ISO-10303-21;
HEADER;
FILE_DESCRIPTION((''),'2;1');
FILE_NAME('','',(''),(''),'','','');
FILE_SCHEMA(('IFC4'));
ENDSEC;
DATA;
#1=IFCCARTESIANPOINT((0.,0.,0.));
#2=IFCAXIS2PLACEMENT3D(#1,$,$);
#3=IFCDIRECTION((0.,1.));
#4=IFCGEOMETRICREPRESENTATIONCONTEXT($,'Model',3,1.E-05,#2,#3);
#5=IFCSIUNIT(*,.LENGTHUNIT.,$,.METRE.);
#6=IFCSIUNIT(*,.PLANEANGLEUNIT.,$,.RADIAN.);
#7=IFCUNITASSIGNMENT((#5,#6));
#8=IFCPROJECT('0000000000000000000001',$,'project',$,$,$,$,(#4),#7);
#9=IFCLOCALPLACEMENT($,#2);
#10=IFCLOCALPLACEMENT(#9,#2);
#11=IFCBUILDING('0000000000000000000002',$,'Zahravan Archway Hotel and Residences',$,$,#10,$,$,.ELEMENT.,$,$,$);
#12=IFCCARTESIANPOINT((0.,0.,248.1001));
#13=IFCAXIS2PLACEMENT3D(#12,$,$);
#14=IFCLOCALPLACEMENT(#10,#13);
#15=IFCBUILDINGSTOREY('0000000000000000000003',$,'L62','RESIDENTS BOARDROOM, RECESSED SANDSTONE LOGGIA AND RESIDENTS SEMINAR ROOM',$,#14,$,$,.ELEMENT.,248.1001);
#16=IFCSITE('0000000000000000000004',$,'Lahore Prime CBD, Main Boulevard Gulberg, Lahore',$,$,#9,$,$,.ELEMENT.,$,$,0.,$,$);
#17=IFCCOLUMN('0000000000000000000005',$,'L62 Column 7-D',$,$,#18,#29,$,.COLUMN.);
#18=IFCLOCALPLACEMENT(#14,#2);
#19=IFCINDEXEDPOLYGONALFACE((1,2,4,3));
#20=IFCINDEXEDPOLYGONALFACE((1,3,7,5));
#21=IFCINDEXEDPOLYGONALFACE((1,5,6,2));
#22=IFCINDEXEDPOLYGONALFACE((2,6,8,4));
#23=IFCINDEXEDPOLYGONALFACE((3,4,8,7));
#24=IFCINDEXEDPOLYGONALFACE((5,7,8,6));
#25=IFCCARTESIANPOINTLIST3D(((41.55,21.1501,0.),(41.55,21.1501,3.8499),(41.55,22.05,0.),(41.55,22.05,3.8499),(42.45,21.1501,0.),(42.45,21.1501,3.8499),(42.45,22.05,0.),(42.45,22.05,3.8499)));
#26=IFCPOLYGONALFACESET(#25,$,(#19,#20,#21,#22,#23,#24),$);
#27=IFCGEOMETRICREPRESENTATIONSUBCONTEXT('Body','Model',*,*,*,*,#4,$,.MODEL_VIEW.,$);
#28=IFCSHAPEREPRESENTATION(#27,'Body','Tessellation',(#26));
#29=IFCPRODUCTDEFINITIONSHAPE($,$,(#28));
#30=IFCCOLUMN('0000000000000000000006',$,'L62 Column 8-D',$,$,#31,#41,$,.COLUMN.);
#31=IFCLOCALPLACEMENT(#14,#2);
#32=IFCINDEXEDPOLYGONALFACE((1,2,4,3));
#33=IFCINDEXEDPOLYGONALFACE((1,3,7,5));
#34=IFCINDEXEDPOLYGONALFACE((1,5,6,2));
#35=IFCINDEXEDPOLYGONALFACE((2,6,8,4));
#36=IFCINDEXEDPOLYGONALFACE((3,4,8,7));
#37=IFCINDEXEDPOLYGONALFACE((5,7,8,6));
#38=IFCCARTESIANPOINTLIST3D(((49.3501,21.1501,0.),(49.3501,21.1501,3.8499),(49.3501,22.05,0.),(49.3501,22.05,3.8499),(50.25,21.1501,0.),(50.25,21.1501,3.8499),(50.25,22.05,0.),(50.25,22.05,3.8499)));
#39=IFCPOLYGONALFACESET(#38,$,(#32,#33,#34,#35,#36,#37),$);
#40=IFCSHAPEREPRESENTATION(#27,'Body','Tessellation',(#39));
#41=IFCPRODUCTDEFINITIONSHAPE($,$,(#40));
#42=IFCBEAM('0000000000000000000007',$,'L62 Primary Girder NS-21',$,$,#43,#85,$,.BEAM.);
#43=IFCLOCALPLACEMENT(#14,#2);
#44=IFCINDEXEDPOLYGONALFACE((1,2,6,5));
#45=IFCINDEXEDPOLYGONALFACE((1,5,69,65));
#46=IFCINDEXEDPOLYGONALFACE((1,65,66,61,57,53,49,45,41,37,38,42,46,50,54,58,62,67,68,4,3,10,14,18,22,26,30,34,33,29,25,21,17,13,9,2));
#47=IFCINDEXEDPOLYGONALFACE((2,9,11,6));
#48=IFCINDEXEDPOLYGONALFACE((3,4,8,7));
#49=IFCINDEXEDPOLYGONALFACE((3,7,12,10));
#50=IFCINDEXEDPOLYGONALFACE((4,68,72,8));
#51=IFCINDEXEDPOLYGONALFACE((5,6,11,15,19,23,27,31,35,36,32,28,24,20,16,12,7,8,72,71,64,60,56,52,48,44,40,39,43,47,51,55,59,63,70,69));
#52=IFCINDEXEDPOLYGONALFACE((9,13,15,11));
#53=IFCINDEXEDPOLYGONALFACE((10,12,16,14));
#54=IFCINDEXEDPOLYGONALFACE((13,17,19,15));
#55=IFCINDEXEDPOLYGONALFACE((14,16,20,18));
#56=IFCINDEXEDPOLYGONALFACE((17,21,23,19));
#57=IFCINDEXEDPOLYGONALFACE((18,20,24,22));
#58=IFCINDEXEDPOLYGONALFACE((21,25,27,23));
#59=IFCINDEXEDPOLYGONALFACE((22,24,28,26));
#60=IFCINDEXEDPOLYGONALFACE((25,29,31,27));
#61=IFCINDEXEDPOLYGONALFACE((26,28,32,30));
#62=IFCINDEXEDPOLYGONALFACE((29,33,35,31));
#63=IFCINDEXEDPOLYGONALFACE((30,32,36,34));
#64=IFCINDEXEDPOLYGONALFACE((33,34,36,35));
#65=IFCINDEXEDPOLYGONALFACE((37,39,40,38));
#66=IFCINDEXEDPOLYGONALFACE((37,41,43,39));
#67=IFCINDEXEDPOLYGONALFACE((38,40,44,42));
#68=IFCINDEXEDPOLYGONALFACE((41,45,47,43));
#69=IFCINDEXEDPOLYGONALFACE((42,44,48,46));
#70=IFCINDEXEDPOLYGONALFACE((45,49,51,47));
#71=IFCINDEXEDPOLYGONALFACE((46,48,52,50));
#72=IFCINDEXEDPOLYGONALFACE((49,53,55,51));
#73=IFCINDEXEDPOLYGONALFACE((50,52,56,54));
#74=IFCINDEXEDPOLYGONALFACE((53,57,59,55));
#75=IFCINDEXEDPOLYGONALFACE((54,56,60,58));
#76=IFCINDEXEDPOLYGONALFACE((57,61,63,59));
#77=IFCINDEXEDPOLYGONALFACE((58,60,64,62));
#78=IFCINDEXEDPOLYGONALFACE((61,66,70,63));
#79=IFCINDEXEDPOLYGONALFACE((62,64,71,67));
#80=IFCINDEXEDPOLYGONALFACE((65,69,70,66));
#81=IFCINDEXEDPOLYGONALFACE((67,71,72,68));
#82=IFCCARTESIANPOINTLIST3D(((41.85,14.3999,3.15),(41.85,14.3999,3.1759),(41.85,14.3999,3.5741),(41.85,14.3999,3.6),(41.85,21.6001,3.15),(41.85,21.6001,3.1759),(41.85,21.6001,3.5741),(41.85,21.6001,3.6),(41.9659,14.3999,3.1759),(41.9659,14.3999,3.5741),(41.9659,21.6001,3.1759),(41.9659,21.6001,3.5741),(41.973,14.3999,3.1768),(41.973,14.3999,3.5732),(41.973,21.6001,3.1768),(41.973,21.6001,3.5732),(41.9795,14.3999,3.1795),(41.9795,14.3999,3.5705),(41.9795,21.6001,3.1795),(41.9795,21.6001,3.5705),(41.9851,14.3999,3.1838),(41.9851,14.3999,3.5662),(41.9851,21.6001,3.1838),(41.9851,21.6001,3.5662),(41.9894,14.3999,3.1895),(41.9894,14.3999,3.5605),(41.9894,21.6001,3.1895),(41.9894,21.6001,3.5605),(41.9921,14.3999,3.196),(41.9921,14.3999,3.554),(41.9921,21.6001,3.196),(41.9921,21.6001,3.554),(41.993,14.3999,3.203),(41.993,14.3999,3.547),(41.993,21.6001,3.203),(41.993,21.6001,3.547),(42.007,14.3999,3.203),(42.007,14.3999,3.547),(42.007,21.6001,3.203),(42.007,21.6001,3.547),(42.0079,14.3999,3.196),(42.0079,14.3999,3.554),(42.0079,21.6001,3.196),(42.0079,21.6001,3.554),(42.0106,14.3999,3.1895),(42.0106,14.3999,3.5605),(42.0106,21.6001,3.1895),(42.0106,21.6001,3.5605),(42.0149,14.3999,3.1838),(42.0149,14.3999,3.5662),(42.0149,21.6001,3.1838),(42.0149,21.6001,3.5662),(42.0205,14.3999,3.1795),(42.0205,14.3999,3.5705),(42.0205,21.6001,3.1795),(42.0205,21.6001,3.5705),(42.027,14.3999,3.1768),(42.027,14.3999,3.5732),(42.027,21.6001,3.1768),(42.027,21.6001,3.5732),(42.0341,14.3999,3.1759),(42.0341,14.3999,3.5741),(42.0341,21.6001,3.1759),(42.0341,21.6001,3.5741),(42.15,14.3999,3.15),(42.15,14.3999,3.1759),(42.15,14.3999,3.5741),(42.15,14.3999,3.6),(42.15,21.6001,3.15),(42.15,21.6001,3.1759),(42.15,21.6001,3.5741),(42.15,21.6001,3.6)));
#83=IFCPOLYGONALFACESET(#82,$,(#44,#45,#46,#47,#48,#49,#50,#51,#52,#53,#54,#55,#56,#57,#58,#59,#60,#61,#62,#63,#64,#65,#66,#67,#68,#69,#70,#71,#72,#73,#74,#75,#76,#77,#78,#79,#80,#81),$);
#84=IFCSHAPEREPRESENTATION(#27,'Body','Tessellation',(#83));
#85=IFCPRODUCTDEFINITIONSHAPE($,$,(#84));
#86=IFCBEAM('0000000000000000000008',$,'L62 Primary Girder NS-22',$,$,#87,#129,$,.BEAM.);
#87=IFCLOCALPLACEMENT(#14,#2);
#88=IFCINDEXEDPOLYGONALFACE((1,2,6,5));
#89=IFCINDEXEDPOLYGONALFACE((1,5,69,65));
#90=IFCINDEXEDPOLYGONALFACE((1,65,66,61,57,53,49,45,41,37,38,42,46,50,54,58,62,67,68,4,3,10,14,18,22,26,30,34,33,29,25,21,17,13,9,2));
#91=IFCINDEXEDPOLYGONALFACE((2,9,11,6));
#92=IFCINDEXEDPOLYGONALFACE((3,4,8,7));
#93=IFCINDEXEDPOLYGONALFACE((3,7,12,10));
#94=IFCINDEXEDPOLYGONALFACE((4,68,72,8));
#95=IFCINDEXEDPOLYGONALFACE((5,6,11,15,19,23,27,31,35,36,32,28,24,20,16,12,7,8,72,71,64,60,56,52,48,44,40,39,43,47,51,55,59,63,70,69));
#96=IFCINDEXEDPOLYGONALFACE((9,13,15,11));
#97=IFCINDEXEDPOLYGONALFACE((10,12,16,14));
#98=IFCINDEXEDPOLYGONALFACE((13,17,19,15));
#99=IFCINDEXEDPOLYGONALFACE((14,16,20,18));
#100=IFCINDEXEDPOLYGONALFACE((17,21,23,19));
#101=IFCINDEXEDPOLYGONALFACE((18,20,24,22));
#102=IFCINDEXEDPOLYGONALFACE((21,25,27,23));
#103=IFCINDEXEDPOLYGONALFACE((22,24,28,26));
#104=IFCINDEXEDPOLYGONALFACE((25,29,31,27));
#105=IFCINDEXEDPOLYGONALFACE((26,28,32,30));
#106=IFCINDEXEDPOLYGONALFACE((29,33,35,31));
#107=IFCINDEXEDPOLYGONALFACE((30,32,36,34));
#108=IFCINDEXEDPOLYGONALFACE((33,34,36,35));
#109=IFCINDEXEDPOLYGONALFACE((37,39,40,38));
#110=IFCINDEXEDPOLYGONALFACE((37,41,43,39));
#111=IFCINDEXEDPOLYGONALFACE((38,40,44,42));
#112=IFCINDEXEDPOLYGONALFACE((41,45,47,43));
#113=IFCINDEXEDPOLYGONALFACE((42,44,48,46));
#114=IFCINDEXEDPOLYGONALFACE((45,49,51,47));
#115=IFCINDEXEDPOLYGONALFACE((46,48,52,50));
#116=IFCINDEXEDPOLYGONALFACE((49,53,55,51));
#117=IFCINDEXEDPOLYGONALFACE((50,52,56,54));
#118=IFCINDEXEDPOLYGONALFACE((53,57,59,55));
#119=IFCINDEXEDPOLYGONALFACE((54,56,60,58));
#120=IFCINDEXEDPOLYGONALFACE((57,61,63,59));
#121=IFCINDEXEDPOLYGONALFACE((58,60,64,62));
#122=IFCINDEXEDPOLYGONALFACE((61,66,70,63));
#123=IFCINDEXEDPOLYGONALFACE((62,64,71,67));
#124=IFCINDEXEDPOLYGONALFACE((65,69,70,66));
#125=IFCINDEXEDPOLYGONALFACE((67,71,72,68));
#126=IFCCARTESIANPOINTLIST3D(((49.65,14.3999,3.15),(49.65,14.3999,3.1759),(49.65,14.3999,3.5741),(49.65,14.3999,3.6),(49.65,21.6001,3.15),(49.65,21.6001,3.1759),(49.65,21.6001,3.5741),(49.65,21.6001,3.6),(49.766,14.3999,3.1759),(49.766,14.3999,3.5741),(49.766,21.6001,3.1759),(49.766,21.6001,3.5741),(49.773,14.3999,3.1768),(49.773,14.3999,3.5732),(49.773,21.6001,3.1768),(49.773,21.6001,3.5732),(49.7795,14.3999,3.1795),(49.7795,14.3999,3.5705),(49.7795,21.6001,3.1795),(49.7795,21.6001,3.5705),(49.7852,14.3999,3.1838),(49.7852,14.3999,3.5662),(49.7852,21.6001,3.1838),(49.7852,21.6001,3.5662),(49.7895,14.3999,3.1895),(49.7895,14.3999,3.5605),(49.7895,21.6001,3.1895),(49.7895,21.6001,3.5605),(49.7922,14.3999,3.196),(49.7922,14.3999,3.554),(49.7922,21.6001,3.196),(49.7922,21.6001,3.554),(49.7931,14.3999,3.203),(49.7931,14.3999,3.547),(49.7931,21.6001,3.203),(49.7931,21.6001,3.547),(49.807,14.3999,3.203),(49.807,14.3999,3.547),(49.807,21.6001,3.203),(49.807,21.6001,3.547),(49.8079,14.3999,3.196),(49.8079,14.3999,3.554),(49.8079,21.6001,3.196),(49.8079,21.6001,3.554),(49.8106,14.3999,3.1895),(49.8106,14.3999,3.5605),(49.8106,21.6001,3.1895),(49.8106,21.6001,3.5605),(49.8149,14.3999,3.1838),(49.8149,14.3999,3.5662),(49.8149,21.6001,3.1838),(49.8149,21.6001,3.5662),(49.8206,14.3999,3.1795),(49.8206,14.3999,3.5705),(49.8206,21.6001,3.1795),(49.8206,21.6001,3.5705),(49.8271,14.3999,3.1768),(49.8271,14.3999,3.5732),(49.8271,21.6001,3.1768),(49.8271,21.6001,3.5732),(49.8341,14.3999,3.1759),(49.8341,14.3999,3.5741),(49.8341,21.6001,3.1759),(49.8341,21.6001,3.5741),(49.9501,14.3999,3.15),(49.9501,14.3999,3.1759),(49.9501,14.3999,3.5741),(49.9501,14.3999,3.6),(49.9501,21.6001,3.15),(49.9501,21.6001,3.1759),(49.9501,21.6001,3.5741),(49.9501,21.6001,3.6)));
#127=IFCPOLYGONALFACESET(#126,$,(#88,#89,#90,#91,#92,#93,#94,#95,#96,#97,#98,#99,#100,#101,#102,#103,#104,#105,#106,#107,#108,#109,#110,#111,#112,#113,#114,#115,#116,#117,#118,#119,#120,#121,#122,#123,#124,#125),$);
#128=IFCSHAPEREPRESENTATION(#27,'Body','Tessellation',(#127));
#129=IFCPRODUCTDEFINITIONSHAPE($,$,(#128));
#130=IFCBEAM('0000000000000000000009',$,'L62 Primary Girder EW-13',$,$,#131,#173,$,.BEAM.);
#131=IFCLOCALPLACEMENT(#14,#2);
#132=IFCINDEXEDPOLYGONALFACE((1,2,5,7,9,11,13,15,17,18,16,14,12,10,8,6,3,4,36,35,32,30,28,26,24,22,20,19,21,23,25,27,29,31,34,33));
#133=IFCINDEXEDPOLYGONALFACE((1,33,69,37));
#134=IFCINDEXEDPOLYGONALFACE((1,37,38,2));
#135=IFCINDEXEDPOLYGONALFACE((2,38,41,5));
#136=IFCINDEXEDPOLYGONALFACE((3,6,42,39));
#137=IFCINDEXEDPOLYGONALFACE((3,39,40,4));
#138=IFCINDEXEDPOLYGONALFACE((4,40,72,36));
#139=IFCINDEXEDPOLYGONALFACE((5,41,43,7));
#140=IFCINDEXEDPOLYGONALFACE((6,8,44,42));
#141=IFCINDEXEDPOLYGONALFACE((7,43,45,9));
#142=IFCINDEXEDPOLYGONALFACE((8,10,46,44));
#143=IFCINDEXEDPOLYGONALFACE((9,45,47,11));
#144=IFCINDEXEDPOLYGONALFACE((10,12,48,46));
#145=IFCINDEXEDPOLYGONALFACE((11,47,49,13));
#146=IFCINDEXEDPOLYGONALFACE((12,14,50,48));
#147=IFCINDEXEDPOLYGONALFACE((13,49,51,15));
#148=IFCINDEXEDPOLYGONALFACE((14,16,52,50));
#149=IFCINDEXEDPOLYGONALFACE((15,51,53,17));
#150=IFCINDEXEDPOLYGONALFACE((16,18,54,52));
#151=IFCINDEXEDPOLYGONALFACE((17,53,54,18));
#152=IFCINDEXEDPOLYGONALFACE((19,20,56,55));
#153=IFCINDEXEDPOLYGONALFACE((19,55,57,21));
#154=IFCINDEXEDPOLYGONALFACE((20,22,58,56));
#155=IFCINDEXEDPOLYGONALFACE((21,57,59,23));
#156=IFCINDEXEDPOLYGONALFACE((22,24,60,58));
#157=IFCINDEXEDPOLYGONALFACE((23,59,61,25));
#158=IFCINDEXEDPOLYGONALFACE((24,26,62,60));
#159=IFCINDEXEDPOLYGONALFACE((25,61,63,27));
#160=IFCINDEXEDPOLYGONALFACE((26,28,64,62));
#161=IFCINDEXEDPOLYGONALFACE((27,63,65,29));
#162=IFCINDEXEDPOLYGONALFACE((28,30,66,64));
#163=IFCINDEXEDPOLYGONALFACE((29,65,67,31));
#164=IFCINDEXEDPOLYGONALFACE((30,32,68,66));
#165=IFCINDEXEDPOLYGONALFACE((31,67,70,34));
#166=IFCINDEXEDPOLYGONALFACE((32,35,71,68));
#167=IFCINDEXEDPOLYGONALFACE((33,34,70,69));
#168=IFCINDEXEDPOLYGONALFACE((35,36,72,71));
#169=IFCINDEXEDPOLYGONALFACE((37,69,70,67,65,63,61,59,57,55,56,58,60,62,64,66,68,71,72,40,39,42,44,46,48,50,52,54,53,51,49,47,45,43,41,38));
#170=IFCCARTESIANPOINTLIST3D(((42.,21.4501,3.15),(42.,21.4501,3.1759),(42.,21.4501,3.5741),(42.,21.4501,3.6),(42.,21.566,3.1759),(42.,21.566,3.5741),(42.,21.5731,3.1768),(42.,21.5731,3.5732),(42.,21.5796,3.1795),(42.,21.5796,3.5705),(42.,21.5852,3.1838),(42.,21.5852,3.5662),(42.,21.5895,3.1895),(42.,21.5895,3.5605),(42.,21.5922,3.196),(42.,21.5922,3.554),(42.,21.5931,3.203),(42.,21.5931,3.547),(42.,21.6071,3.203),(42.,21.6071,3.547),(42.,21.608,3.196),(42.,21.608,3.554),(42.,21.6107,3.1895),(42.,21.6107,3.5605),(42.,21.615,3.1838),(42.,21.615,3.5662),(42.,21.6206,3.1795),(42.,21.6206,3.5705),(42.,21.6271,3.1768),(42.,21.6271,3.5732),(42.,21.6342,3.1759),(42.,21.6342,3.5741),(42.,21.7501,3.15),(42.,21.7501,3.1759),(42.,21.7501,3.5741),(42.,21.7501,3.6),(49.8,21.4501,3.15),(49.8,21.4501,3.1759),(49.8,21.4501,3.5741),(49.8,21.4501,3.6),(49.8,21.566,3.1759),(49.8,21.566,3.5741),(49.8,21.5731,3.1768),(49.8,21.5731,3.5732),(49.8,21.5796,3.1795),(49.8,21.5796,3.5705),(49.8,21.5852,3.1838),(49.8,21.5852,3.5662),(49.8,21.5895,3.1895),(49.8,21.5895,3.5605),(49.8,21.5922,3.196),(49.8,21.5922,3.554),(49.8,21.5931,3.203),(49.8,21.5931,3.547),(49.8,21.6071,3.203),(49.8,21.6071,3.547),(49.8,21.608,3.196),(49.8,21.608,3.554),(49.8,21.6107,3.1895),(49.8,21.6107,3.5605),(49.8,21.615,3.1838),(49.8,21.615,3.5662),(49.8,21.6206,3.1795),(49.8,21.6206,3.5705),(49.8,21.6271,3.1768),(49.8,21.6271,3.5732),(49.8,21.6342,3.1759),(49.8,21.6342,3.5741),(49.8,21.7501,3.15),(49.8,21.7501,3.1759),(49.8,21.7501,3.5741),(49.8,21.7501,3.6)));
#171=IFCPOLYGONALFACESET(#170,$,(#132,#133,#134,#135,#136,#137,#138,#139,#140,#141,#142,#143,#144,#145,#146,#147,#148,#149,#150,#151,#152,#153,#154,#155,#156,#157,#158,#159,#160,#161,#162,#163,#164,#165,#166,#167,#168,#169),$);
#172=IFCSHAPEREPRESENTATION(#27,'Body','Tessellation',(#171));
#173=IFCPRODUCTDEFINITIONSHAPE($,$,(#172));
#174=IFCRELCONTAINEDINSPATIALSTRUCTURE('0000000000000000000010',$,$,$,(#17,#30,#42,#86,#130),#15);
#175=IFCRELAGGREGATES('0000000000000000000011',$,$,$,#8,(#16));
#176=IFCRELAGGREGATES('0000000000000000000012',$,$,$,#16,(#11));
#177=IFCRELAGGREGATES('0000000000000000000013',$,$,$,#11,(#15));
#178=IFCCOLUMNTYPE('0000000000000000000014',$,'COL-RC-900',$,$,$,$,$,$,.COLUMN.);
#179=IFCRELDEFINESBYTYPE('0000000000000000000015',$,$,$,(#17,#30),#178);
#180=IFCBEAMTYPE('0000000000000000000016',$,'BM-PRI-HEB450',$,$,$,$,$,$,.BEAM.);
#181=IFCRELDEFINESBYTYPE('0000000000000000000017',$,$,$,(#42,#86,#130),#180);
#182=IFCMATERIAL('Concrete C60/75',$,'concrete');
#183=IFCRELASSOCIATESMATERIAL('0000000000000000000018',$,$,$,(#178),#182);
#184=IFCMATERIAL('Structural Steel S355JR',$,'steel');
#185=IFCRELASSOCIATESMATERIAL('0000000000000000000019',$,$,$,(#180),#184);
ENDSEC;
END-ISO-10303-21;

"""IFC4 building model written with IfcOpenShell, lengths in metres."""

from ifc_helpers import new_model, si_unit, direction, frame, origin, origin_2d, place, context, subcontext, project, spatial, rectangle, i_section, extrude, source, transform, mapped, material, material_profile, profile_set, type_object, type_shapes, element, save


model = new_model("IFC4")

# Units and contexts
model_context = context("Model", 3, precision=1e-05, world=origin(), true_north=direction((0.0, 1.0)))
body_context = subcontext(model_context, "Body", "Model", "MODEL_VIEW")
ifc_project = project(units=[si_unit("LENGTHUNIT", "METRE"), si_unit("PLANEANGLEUNIT", "RADIAN")], contexts=[model_context])

# Site, building, storey
site_placement = place(None, origin())
site = spatial("IfcSite", under=ifc_project, at=site_placement, Name="Lahore Prime CBD, Main Boulevard Gulberg, Lahore", CompositionType="ELEMENT", RefElevation=0.0)
building_placement = place(site_placement, origin())
building = spatial("IfcBuilding", under=site, at=building_placement, Name="Zahravan Archway Hotel and Residences", CompositionType="ELEMENT")
storey_placement = place(building_placement, frame((0.0, 0.0, 248.1001)))
storey = spatial("IfcBuildingStorey", under=building, at=storey_placement, Name="L62", Description="RESIDENTS BOARDROOM, RECESSED SANDSTONE LOGGIA AND RESIDENTS SEMINAR ROOM", CompositionType="ELEMENT", Elevation=248.1001)

# Columns
ifc_material_1 = material(Name="Concrete C60/75", Category="concrete")
ifc_material_profile_1 = material_profile(ifc_material_1, rectangle(XDim=0.8999, YDim=0.8999, at=origin_2d()), Name="RC-COL-900x900", Category="concrete")
ifc_profile_set_1 = profile_set([ifc_material_profile_1], Name="Concrete C60/75")
column_type = type_object("IfcColumnType", Name="COL-RC-900", PredefinedType="COLUMN", material=ifc_profile_set_1)
shared_shape_1 = source(origin(), body_context, "Body", "SweptSolid", [
    extrude(rectangle(XDim=0.8999, YDim=0.8999, at=origin_2d()), origin(), (0.0, 0.0, 1.0), 3.8499),
])
for number, where, z_axis, x_axis, name in (
    (1, (42.0, 21.6001, 0.0), (0.0, 0.0, 1.0), (1.0, 0.0, 0.0), "L62 Column 7-D"),
    (2, (49.8, 21.6001, 0.0), (0.0, 0.0, 1.0), (1.0, 0.0, 0.0), "L62 Column 8-D"),
):
    element("IfcColumn", number, at=place(storey_placement, frame(where, z_axis=z_axis, x_axis=x_axis)), inside=storey, type_object=column_type, Name=name, PredefinedType="COLUMN", context=body_context, shape_type="MappedRepresentation", body=[
        mapped(shared_shape_1, transform((0.0, 0.0, 0.0), scale=1.0)),
    ])

# Beams
ifc_material_2 = material(Name="Structural Steel S355JR", Category="steel")
ifc_material_profile_2 = material_profile(ifc_material_2, i_section(OverallWidth=0.3, OverallDepth=0.45, WebThickness=0.0139, FlangeThickness=0.0259, FilletRadius=0.0271, at=origin_2d()), Name="HEB 450", Category="steel")
ifc_profile_set_2 = profile_set([ifc_material_profile_2], Name="Structural Steel S355JR")
beam_type = type_object("IfcBeamType", Name="BM-PRI-HEB450", PredefinedType="BEAM", material=ifc_profile_set_2)
shared_shape_2 = source(origin(), body_context, "Body", "SweptSolid", [
    extrude(i_section(OverallWidth=0.3, OverallDepth=0.45, WebThickness=0.0139, FlangeThickness=0.0259, FilletRadius=0.0271, at=origin_2d()), origin(), (0.0, 0.0, 1.0), 7.2002),
])
type_shapes(beam_type, [shared_shape_2])
for number, where, z_axis, x_axis, name in (
    (3, (42.0, 14.3999, 3.375), (0.0, 1.0, 0.0), (-1.0, 0.0, 0.0), "L62 Primary Girder NS-21"),
    (4, (49.8, 14.3999, 3.375), (0.0, 1.0, 0.0), (-1.0, 0.0, 0.0), "L62 Primary Girder NS-22"),
):
    element("IfcBeam", number, at=place(storey_placement, frame(where, z_axis=z_axis, x_axis=x_axis)), inside=storey, type_object=beam_type, Name=name, PredefinedType="BEAM", context=body_context, shape_type="MappedRepresentation", body=[
        mapped(shared_shape_2, transform((0.0, 0.0, 0.0), scale=1.0)),
    ])
shared_shape_3 = source(origin(), body_context, "Body", "SweptSolid", [
    extrude(i_section(OverallWidth=0.3, OverallDepth=0.45, WebThickness=0.0139, FlangeThickness=0.0259, FilletRadius=0.0271, at=origin_2d()), origin(), (0.0, 0.0, 1.0), 7.8),
])
beam_placement = place(storey_placement, frame((42.0, 21.6001, 3.375), z_axis=(1.0, 0.0, 0.0), x_axis=(0.0, 1.0, 0.0)))
element("IfcBeam", 5, at=beam_placement, inside=storey, type_object=beam_type, Name="L62 Primary Girder EW-13", PredefinedType="BEAM", context=body_context, shape_type="MappedRepresentation", body=[
    mapped(shared_shape_3, transform((0.0, 0.0, 0.0), scale=1.0)),
])

save(model, "model.ifc")
